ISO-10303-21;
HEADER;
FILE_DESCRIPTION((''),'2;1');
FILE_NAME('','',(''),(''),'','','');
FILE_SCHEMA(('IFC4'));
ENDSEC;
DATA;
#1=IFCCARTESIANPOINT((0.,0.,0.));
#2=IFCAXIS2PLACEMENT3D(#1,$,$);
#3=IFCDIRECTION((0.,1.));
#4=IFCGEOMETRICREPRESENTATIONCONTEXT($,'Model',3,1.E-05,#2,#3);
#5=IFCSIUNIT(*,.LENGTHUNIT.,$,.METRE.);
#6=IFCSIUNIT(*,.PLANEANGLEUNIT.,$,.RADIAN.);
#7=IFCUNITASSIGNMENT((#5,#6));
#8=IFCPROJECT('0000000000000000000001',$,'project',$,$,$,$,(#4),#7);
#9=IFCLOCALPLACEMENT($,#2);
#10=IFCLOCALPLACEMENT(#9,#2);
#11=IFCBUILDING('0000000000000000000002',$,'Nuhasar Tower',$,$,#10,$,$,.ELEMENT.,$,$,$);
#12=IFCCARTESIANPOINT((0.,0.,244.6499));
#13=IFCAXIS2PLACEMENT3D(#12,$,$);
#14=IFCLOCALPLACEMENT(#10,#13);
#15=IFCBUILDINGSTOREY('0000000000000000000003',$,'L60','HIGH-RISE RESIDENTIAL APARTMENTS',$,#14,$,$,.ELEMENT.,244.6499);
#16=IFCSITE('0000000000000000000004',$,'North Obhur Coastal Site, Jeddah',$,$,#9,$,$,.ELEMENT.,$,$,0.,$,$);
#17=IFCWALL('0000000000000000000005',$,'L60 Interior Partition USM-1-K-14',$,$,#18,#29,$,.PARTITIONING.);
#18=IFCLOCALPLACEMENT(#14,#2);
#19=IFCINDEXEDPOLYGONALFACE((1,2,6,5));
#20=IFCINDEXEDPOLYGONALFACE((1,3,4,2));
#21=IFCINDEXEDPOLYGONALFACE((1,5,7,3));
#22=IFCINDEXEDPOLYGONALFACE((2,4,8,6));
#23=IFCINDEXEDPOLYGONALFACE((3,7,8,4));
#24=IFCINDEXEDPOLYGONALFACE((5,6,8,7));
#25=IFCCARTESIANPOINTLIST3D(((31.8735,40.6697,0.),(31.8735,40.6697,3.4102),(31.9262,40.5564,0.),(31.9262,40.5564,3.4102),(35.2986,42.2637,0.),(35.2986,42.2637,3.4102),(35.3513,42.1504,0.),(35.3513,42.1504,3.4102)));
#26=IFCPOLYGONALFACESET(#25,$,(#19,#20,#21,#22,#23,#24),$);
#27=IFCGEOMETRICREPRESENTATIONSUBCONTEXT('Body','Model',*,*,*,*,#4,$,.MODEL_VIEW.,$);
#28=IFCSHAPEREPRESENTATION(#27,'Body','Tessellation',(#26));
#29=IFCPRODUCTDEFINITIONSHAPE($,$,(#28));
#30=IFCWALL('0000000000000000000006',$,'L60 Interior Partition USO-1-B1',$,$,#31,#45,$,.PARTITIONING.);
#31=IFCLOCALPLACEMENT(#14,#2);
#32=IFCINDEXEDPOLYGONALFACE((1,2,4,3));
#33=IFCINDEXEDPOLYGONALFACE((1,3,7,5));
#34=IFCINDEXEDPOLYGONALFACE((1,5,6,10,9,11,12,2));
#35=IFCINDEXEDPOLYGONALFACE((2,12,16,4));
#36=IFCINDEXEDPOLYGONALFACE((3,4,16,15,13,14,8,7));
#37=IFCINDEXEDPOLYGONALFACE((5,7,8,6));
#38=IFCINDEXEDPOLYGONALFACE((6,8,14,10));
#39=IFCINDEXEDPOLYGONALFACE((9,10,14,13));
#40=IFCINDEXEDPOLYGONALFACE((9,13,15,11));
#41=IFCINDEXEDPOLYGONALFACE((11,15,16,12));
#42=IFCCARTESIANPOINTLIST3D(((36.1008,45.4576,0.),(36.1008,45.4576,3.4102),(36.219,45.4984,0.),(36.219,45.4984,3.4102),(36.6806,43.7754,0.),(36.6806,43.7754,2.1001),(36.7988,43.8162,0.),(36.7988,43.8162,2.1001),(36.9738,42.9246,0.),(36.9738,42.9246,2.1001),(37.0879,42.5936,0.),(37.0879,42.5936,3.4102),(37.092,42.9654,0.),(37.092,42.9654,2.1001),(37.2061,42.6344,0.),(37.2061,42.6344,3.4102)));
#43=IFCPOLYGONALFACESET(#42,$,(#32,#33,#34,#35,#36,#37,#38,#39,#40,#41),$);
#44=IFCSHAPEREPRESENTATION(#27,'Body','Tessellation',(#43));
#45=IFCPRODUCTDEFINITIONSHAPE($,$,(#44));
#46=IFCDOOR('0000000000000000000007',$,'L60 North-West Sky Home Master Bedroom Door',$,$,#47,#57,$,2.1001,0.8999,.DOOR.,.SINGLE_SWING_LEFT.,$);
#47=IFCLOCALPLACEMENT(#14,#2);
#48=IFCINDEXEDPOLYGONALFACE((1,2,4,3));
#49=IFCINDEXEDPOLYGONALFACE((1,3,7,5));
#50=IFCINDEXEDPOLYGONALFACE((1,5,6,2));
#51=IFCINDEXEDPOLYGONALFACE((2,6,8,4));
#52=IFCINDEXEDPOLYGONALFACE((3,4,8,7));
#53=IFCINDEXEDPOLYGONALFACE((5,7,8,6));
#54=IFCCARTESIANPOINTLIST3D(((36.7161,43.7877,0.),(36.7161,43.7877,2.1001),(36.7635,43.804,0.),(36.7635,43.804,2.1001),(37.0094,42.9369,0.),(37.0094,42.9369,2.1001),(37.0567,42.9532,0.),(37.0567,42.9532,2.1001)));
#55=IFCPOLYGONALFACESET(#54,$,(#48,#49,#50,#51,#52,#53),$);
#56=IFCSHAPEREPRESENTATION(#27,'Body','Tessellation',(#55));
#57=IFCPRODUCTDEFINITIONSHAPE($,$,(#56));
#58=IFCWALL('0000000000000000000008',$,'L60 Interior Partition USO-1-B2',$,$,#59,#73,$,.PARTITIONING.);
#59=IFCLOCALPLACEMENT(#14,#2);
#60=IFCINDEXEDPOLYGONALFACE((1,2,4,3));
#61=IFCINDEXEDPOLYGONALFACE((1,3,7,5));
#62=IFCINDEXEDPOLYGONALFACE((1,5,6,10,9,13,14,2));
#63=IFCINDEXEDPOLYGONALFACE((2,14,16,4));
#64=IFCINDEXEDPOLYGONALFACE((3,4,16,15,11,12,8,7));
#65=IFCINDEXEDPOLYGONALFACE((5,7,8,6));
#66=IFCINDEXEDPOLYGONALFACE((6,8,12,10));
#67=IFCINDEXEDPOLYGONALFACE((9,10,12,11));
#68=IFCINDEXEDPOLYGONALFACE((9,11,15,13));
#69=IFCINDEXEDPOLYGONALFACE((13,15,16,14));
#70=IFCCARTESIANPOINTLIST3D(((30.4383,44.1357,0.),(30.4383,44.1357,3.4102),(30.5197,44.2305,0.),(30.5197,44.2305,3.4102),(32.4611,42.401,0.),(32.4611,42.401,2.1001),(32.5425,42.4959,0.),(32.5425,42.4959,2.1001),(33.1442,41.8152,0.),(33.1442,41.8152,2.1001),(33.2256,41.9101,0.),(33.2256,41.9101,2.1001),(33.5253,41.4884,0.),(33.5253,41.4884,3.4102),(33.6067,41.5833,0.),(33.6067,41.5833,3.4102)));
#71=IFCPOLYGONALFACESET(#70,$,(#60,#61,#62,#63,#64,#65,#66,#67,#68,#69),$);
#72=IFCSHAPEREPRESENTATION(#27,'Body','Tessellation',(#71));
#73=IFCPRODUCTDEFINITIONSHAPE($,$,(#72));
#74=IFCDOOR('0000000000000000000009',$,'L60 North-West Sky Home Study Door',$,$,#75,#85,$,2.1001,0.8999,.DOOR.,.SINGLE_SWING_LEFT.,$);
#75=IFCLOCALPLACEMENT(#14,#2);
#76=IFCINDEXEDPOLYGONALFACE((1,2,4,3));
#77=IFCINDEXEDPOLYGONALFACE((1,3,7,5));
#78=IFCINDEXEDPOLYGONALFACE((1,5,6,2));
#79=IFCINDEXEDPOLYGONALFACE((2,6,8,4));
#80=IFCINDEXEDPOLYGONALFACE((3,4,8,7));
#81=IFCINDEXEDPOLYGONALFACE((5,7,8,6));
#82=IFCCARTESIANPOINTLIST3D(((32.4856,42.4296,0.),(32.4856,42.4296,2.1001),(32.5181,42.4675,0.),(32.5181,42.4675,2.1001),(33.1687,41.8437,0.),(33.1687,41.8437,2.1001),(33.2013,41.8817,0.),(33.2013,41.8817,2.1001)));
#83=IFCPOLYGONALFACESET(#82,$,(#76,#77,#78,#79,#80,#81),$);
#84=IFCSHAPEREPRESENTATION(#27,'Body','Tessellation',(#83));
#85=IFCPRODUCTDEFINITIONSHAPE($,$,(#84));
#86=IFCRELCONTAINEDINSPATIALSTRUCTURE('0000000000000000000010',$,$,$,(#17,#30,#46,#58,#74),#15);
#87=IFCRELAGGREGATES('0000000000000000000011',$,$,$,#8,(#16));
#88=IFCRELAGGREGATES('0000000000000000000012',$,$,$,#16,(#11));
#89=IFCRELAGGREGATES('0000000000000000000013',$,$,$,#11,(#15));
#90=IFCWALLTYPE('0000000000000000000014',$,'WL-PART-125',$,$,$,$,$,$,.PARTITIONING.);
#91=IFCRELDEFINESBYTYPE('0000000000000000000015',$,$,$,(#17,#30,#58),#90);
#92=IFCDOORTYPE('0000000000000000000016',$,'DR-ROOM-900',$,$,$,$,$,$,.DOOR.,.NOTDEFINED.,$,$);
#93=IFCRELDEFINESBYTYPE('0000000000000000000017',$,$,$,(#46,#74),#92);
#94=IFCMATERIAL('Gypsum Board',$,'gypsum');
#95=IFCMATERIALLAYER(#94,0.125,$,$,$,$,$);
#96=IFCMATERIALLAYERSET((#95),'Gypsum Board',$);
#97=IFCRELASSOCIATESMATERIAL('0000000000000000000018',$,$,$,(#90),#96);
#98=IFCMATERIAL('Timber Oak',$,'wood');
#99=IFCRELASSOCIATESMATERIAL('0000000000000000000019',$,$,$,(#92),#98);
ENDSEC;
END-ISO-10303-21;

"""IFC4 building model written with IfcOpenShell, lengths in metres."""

from ifc_helpers import new_model, si_unit, direction, frame, frame_2d, origin, place, context, subcontext, project, spatial, rectangle, extrude, material, layer, layer_set, type_object, element, fill, save


model = new_model("IFC4")

# Units and contexts
model_context = context("Model", 3, precision=1e-05, world=origin(), true_north=direction((0.0, 1.0)))
body_context = subcontext(model_context, "Body", "Model", "MODEL_VIEW")
ifc_project = project(units=[si_unit("LENGTHUNIT", "METRE"), si_unit("PLANEANGLEUNIT", "RADIAN")], contexts=[model_context])

# Site, building, storey
site_placement = place(None, origin())
site = spatial("IfcSite", under=ifc_project, at=site_placement, Name="North Obhur Coastal Site, Jeddah", CompositionType="ELEMENT", RefElevation=0.0)
building_placement = place(site_placement, origin())
building = spatial("IfcBuilding", under=site, at=building_placement, Name="Nuhasar Tower", CompositionType="ELEMENT")
storey_placement = place(building_placement, frame((0.0, 0.0, 244.6499)))
storey = spatial("IfcBuildingStorey", under=building, at=storey_placement, Name="L60", Description="HIGH-RISE RESIDENTIAL APARTMENTS", CompositionType="ELEMENT", Elevation=244.6499)

# Shared definitions
ifc_material_1 = material(Name="Gypsum Board", Category="gypsum")

# Shared definitions
ifc_layer_1 = layer(ifc_material_1, 0.125)
ifc_layer_set_1 = layer_set([ifc_layer_1], Name="Gypsum Board")
wall_type_1 = type_object("IfcWallType", Name="WL-PART-125", PredefinedType="PARTITIONING", material=ifc_layer_set_1)

# Shared definitions
ifc_material_2 = material(Name="Timber Oak", Category="wood")
door_type_1 = type_object("IfcDoorType", Name="DR-ROOM-900", OperationType="NOTDEFINED", PredefinedType="DOOR", material=ifc_material_2)

# Wall
wall_1_placement = place(storey_placement, frame((35.325, 42.207, 0.0), z_axis=(0.0, 0.0, 1.0), x_axis=(-0.906625, -0.421937, 0.0)))
element("IfcWall", 1, at=wall_1_placement, inside=storey, type_object=wall_type_1, Name="L60 Interior Partition USM-1-K-14", PredefinedType="PARTITIONING", context=body_context, shape_type="SweptSolid", body=[
    extrude(rectangle(XDim=3.7778, YDim=0.125, at=frame_2d((1.8889, 0.0))), origin(), (0.0, 0.0, 1.0), 3.4102),
])

# Walls, openings, doors
wall_2_placement = place(storey_placement, frame((37.147, 42.614, 0.0), z_axis=(0.0, 0.0, 1.0), x_axis=(-0.325834, 0.945427, 0.0)))
wall_2 = element("IfcWall", 2, at=wall_2_placement, inside=storey, type_object=wall_type_1, Name="L60 Interior Partition USO-1-B1", PredefinedType="PARTITIONING", context=body_context, shape_type="SweptSolid", body=[
    extrude(rectangle(XDim=3.0293, YDim=0.125, at=frame_2d((1.5146, 0.0))), origin(), (0.0, 0.0, 1.0), 3.4102),
])
opening_1_placement = place(wall_2_placement, frame((0.3501, 0.0, 0.0)))
opening_1 = element("IfcOpeningElement", 3, at=opening_1_placement, cuts=wall_2, PredefinedType="OPENING", context=body_context, shape_type="SweptSolid", body=[
    extrude(rectangle(XDim=0.8999, YDim=2.1001, at=frame_2d((0.45, 1.05))), frame((0.0, 0.0725, 0.0), z_axis=(0.0, -1.0, 0.0), x_axis=(1.0, 0.0, 0.0)), (0.0, 0.0, 1.0), 0.145),
])
door_1_placement = place(opening_1_placement, origin())
door_1 = element("IfcDoor", 4, at=door_1_placement, inside=storey, type_object=door_type_1, Name="L60 North-West Sky Home Master Bedroom Door", OperationType="SINGLE_SWING_LEFT", OverallHeight=2.1001, OverallWidth=0.8999, PredefinedType="DOOR", context=body_context, shape_type="SweptSolid", body=[
    extrude(rectangle(XDim=0.8999, YDim=2.1001, at=frame_2d((0.45, 1.05))), frame((0.0, 0.0249, 0.0), z_axis=(0.0, -1.0, 0.0), x_axis=(1.0, 0.0, 0.0)), (0.0, 0.0, 1.0), 0.05),
])
fill(opening_1, door_1)
wall_3_placement = place(storey_placement, frame((33.5659, 41.5359, 0.0), z_axis=(0.0, 0.0, 1.0), x_axis=(-0.7591, 0.650974, 0.0)))
wall_3 = element("IfcWall", 5, at=wall_3_placement, inside=storey, type_object=wall_type_1, Name="L60 Interior Partition USO-1-B2", PredefinedType="PARTITIONING", context=body_context, shape_type="SweptSolid", body=[
    extrude(rectangle(XDim=4.0667, YDim=0.125, at=frame_2d((2.0332, 0.0))), origin(), (0.0, 0.0, 1.0), 3.4102),
])
opening_2_placement = place(wall_3_placement, frame((0.502, 0.0, 0.0)))
opening_2 = element("IfcOpeningElement", 6, at=opening_2_placement, cuts=wall_3, PredefinedType="OPENING", context=body_context, shape_type="SweptSolid", body=[
    extrude(rectangle(XDim=0.8999, YDim=2.1001, at=frame_2d((0.45, 1.05))), frame((0.0, 0.0725, 0.0), z_axis=(0.0, -1.0, 0.0), x_axis=(1.0, 0.0, 0.0)), (0.0, 0.0, 1.0), 0.145),
])
door_2_placement = place(opening_2_placement, origin())
door_2 = element("IfcDoor", 7, at=door_2_placement, inside=storey, type_object=door_type_1, Name="L60 North-West Sky Home Study Door", OperationType="SINGLE_SWING_LEFT", OverallHeight=2.1001, OverallWidth=0.8999, PredefinedType="DOOR", context=body_context, shape_type="SweptSolid", body=[
    extrude(rectangle(XDim=0.8999, YDim=2.1001, at=frame_2d((0.45, 1.05))), frame((0.0, 0.0249, 0.0), z_axis=(0.0, -1.0, 0.0), x_axis=(1.0, 0.0, 0.0)), (0.0, 0.0, 1.0), 0.05),
])
fill(opening_2, door_2)

save(model, "model.ifc")
